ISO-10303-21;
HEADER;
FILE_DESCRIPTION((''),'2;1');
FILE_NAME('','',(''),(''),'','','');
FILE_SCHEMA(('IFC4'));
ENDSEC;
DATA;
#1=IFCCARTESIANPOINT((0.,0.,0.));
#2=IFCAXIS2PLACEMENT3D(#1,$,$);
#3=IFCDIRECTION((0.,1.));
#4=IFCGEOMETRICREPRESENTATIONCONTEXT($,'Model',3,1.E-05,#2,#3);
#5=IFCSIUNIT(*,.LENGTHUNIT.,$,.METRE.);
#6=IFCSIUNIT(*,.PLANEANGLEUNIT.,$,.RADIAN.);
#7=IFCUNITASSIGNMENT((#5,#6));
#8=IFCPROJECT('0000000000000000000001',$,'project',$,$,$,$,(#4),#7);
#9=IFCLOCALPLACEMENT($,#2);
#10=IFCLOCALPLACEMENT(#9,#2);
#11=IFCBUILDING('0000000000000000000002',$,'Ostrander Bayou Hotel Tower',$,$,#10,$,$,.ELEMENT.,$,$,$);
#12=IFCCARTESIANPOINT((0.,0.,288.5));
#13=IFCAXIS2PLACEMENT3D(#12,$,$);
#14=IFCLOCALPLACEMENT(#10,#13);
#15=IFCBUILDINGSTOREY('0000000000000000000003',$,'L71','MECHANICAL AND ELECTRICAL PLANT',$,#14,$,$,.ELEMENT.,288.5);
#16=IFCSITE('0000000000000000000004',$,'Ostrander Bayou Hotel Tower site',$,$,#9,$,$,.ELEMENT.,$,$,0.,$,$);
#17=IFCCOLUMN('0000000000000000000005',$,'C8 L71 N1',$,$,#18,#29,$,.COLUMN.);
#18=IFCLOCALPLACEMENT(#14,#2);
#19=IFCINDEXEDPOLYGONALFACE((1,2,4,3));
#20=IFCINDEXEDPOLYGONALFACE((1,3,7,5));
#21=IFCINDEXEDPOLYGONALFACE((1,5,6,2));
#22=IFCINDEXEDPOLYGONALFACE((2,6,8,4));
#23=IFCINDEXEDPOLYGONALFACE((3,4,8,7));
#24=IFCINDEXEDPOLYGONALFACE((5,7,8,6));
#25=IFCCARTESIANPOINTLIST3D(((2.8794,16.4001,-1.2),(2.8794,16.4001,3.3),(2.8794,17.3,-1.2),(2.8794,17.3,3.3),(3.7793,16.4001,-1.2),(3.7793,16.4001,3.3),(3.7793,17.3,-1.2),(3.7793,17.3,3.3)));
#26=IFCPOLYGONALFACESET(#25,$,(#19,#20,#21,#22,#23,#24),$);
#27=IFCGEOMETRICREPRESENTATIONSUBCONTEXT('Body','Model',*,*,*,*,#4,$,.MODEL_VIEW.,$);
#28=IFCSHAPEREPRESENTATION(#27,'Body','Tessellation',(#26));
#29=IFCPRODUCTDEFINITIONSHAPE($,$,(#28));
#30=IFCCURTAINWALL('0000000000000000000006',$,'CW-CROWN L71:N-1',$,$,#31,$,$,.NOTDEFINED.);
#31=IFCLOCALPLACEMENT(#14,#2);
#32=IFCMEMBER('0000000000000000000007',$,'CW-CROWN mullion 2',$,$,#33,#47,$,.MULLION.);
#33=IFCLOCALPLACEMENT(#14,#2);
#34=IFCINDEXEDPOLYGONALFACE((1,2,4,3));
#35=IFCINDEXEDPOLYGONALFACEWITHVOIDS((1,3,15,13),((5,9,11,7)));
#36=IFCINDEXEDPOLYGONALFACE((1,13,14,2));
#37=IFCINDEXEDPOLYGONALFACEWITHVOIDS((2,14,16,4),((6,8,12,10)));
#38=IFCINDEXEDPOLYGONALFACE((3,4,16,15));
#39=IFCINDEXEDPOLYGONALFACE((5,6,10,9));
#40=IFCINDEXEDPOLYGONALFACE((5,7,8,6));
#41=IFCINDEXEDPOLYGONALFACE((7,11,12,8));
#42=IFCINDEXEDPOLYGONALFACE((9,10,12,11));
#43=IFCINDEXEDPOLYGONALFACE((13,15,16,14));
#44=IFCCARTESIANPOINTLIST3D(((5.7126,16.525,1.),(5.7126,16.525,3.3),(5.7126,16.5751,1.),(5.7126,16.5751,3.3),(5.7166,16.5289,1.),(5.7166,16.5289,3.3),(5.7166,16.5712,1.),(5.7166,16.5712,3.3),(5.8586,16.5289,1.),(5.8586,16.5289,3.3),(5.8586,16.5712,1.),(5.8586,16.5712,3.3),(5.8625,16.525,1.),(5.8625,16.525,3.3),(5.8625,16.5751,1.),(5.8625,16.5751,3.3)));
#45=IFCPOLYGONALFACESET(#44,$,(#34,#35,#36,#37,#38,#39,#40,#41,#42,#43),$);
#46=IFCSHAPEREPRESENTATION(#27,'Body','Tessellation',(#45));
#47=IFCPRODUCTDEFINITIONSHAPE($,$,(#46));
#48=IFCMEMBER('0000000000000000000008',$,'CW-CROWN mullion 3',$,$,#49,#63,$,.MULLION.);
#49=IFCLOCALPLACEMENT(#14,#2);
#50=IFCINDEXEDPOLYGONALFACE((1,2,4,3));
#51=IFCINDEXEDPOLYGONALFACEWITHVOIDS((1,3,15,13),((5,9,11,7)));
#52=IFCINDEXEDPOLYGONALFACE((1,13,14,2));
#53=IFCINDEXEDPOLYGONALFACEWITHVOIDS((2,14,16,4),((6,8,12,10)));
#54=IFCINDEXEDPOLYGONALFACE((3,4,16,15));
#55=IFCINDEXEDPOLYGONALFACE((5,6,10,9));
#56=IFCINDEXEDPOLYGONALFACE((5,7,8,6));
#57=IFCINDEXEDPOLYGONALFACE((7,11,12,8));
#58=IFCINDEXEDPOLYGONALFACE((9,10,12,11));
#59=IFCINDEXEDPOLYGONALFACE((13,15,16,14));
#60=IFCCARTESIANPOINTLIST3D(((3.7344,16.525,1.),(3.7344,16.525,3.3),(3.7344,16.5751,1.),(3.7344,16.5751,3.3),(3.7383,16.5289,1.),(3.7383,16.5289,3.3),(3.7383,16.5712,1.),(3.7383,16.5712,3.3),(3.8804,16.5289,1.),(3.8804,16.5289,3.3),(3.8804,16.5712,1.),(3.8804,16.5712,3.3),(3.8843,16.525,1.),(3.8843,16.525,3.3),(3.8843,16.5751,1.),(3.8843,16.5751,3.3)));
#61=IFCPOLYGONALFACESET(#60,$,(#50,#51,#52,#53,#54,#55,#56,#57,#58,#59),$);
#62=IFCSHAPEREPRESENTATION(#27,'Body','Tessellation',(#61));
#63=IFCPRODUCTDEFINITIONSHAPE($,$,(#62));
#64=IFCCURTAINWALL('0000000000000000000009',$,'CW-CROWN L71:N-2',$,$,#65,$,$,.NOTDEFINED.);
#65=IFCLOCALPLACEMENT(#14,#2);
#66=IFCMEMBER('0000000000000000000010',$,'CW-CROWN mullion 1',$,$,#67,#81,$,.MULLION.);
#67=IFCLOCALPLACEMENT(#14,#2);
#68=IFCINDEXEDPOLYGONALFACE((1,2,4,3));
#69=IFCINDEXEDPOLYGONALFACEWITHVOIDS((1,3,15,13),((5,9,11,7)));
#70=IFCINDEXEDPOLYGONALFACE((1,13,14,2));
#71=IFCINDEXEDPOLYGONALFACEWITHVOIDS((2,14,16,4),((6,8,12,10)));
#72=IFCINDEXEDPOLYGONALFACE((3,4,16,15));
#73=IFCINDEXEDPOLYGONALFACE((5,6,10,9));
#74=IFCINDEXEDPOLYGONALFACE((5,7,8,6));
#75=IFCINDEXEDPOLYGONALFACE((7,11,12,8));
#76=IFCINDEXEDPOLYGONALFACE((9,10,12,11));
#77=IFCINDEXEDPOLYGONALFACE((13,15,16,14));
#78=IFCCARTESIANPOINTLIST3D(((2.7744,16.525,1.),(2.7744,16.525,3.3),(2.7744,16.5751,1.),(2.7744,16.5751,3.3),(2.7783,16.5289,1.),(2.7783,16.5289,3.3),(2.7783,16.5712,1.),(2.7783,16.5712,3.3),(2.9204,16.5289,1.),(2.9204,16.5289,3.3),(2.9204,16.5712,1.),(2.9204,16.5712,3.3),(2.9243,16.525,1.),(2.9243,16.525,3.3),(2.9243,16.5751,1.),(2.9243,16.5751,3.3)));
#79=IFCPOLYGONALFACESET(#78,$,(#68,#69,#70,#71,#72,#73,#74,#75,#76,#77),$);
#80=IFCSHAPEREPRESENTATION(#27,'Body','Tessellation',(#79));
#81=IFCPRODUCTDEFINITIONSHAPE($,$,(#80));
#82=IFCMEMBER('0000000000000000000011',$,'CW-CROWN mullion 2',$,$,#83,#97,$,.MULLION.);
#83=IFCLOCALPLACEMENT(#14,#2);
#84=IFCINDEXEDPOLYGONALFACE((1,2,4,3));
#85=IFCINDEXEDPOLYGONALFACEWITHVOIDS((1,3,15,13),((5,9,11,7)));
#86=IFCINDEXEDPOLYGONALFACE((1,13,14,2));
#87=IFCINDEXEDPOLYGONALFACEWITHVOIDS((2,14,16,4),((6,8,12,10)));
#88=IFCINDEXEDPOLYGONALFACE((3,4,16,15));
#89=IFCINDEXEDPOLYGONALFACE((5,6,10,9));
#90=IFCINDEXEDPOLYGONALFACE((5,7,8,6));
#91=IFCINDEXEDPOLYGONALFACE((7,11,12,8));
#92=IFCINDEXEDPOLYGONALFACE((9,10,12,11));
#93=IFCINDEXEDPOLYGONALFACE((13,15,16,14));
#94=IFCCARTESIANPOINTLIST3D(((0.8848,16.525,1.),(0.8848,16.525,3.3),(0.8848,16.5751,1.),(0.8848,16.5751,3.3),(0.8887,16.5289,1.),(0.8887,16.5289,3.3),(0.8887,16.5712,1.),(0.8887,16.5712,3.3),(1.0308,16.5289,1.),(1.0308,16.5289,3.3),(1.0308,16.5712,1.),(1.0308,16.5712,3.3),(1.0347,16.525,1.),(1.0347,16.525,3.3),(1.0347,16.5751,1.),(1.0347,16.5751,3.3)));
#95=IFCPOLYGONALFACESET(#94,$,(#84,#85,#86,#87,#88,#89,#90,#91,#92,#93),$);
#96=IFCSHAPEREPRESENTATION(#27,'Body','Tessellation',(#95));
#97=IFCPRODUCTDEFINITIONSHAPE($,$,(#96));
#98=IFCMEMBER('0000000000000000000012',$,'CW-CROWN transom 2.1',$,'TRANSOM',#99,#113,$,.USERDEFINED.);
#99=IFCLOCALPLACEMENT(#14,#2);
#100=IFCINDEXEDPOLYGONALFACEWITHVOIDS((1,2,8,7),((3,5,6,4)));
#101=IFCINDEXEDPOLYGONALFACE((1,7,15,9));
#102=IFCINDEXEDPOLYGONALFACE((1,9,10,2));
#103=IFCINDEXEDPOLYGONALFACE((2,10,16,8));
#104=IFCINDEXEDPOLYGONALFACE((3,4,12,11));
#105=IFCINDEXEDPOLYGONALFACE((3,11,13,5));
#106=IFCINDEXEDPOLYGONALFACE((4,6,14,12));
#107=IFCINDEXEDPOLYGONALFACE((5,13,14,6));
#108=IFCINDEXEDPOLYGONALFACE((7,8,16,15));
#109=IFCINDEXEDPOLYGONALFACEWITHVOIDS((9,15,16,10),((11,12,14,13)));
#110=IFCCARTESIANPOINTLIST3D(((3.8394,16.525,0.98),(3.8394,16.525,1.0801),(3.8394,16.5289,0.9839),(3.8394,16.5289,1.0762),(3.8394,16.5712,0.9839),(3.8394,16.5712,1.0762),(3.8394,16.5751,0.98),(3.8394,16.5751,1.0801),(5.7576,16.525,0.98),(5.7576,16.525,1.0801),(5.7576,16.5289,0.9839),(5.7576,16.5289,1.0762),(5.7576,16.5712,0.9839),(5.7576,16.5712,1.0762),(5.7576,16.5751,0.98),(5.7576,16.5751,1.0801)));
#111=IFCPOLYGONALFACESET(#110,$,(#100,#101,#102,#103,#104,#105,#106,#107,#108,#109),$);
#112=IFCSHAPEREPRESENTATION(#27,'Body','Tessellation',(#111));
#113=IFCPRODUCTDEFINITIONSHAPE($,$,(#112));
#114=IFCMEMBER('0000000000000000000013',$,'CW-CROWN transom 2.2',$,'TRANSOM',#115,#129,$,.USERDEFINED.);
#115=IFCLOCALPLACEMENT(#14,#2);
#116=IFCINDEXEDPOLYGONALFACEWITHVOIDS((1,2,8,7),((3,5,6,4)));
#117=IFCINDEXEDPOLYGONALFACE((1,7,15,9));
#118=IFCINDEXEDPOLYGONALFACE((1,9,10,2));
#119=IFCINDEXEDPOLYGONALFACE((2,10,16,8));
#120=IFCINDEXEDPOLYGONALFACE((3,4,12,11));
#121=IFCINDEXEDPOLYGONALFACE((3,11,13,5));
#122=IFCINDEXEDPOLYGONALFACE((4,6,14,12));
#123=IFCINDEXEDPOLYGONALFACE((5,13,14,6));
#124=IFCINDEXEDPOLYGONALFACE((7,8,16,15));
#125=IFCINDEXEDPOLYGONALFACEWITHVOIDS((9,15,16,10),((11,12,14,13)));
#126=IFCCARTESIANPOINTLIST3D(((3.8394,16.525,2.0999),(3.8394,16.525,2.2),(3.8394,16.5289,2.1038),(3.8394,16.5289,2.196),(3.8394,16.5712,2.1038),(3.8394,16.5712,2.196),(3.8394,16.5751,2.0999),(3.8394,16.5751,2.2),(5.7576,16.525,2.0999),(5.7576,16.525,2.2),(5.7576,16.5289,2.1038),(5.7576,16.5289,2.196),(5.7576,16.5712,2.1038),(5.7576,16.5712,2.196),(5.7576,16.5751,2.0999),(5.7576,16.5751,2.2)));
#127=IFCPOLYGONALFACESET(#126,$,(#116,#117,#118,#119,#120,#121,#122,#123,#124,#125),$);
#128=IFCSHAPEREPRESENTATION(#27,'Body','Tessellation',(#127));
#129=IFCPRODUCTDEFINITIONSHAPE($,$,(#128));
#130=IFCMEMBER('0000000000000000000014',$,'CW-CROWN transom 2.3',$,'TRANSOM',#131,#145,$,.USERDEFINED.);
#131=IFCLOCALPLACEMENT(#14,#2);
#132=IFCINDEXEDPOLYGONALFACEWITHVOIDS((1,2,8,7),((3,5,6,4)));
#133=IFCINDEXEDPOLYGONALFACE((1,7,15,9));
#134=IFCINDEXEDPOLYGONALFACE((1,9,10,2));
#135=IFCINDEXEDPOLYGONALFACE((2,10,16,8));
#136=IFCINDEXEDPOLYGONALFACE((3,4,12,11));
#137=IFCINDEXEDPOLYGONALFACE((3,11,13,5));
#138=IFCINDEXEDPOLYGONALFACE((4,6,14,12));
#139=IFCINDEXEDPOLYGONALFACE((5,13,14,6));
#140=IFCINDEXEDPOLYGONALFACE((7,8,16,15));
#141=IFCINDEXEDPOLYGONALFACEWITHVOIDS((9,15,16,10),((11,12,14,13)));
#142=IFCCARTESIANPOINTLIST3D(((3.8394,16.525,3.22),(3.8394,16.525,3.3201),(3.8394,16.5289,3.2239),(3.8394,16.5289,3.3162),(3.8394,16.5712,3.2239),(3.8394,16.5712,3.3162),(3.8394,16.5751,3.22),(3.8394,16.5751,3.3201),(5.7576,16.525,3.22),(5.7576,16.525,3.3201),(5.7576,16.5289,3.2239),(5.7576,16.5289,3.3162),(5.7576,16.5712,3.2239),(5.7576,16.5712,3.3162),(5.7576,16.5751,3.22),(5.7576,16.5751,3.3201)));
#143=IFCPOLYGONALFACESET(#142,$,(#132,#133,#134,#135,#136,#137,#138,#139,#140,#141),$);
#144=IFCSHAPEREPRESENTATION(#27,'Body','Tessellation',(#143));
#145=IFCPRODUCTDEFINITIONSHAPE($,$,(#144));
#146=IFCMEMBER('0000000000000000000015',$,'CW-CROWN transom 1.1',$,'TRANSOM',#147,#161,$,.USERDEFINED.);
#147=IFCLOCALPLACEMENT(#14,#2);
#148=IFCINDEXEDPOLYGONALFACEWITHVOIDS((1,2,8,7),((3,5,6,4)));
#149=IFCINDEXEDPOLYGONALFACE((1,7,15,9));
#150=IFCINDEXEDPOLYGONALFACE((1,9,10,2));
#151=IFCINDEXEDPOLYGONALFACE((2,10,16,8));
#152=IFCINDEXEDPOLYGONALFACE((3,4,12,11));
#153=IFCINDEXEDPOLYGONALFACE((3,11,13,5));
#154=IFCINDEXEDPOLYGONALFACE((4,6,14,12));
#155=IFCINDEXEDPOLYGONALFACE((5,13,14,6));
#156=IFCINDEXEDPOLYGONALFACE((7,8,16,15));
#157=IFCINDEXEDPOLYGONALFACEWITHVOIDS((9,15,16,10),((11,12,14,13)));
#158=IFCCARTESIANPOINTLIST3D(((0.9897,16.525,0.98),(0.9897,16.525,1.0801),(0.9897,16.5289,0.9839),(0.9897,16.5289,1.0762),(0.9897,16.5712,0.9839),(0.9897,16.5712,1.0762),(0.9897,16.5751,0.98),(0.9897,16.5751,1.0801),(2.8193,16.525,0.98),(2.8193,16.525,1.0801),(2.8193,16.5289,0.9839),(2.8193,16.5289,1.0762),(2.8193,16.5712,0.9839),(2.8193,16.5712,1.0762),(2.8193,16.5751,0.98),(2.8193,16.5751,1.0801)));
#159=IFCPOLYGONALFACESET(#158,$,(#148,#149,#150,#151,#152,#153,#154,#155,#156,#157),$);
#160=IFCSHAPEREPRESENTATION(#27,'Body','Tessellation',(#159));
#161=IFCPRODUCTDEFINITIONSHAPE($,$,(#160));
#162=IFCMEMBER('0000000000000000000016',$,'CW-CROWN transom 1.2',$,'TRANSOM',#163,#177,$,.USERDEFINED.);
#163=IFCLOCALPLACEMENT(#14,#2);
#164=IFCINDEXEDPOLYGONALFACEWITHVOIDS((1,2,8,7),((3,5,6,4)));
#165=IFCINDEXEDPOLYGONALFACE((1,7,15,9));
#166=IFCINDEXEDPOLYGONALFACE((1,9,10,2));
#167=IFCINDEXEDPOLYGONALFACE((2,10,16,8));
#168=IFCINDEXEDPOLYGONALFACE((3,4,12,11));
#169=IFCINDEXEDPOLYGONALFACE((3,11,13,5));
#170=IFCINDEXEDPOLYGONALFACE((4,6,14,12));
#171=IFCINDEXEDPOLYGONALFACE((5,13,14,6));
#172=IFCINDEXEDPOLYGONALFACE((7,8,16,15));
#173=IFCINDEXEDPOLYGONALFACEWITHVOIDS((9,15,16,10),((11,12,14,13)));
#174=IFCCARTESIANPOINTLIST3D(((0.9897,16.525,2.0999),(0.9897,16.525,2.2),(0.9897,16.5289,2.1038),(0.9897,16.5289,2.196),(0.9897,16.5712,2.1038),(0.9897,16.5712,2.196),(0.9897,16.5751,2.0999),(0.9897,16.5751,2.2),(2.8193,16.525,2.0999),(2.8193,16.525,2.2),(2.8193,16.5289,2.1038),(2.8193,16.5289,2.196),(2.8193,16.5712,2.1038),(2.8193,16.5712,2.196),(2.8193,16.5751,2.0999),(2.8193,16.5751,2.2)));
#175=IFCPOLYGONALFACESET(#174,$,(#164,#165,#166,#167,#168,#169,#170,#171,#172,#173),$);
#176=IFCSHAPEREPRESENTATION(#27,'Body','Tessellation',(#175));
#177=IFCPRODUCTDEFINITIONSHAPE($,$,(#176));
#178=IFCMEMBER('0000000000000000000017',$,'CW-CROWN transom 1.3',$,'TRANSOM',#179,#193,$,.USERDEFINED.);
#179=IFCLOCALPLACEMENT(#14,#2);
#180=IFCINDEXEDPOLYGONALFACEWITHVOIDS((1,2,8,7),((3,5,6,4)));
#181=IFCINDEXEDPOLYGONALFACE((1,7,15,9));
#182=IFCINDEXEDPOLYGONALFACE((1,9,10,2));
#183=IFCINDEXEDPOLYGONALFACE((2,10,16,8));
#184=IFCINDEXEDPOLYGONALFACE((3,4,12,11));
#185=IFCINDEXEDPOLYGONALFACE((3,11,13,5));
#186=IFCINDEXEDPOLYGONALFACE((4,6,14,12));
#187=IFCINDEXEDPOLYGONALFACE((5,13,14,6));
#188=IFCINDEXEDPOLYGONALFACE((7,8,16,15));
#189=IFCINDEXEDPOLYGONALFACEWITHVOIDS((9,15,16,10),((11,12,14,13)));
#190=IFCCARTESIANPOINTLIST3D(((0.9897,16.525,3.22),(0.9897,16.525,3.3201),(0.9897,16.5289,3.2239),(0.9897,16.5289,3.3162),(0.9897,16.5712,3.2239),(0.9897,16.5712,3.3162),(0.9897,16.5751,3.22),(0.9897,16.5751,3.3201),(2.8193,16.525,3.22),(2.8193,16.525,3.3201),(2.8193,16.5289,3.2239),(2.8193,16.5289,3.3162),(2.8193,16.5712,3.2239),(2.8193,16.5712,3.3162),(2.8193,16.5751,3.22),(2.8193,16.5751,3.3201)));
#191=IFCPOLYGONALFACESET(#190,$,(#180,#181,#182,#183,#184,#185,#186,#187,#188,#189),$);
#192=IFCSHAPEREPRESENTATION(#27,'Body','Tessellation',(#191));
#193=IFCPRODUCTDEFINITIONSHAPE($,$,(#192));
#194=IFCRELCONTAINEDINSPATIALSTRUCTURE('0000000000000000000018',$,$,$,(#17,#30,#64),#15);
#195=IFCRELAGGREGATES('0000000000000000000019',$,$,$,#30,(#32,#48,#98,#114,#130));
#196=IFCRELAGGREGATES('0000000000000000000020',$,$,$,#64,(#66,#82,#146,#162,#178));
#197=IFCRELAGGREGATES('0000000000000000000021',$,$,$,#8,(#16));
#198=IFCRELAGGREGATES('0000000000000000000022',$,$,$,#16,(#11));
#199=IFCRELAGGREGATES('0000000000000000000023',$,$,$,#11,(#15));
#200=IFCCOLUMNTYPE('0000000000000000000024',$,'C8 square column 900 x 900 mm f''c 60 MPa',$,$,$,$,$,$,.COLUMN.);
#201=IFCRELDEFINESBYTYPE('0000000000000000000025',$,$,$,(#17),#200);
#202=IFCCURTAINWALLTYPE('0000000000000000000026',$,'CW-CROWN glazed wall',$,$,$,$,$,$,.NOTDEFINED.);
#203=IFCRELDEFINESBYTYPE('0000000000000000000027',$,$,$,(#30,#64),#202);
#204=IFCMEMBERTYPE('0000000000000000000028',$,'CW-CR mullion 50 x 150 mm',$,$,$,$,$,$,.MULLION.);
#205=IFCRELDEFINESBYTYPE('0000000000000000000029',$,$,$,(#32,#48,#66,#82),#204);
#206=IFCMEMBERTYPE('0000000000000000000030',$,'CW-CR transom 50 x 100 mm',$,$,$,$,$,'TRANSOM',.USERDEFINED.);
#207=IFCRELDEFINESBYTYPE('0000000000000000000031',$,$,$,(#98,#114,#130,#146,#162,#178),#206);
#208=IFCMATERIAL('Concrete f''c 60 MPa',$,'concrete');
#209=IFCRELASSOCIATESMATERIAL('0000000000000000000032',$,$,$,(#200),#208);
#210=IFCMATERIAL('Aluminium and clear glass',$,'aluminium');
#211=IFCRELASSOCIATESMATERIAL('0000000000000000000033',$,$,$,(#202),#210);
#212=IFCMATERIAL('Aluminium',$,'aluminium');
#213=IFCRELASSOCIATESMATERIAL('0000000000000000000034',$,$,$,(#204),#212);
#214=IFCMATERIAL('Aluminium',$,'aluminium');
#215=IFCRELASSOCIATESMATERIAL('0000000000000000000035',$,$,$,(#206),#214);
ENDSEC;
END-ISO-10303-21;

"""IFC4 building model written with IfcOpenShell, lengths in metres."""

from ifc_helpers import new_model, si_unit, direction, frame, origin, origin_2d, place, context, subcontext, project, spatial, rectangle, hollow_rectangle, extrude, material, material_profile, profile_set, type_object, element, aggregate, save


model = new_model("IFC4")

# Units and contexts
model_context = context("Model", 3, precision=1e-05, world=origin(), true_north=direction((0.0, 1.0)))
body_context = subcontext(model_context, "Body", "Model", "MODEL_VIEW")
ifc_project = project(units=[si_unit("LENGTHUNIT", "METRE"), si_unit("PLANEANGLEUNIT", "RADIAN")], contexts=[model_context])

# Site, building, storey
site_placement = place(None, origin())
site = spatial("IfcSite", under=ifc_project, at=site_placement, Name="Ostrander Bayou Hotel Tower site", CompositionType="ELEMENT", RefElevation=0.0)
building_placement = place(site_placement, origin())
building = spatial("IfcBuilding", under=site, at=building_placement, Name="Ostrander Bayou Hotel Tower", CompositionType="ELEMENT")
storey_placement = place(building_placement, frame((0.0, 0.0, 288.5)))
storey = spatial("IfcBuildingStorey", under=building, at=storey_placement, Name="L71", Description="MECHANICAL AND ELECTRICAL PLANT", CompositionType="ELEMENT", Elevation=288.5)

# Column
ifc_material_1 = material(Name="Concrete f'c 60 MPa", Category="concrete")
ifc_material_profile_1 = material_profile(ifc_material_1, rectangle(XDim=0.8999, YDim=0.8999, at=origin_2d()))
ifc_profile_set_1 = profile_set([ifc_material_profile_1], Name="Concrete f'c 60 MPa")
column_type = type_object("IfcColumnType", Name="C8 square column 900 x 900 mm f'c 60 MPa", PredefinedType="COLUMN", material=ifc_profile_set_1)
column_placement = place(storey_placement, frame((3.3293, 16.8501, -1.2), z_axis=(0.0, 0.0, 1.0), x_axis=(1.0, 0.0, 0.0)))
element("IfcColumn", 1, at=column_placement, inside=storey, type_object=column_type, Name="C8 L71 N1", PredefinedType="COLUMN", context=body_context, shape_type="SweptSolid", body=[
    extrude(rectangle(XDim=0.8999, YDim=0.8999, at=origin_2d()), origin(), (0.0, 0.0, 1.0), 4.5),
])

# Curtain walls, members
ifc_material_2 = material(Name="Aluminium and clear glass", Category="aluminium")
curtain_wall_type = type_object("IfcCurtainWallType", Name="CW-CROWN glazed wall", PredefinedType="NOTDEFINED", material=ifc_material_2)
curtain_wall_1_placement = place(storey_placement, origin())
curtain_wall_1 = element("IfcCurtainWall", 2, at=curtain_wall_1_placement, inside=storey, type_object=curtain_wall_type, Name="CW-CROWN L71:N-1", PredefinedType="NOTDEFINED")
ifc_material_3 = material(Name="Aluminium", Category="aluminium")
ifc_material_profile_2 = material_profile(ifc_material_3, hollow_rectangle(XDim=0.05, YDim=0.1499, WallThickness=0.0039, at=origin_2d()))
ifc_profile_set_2 = profile_set([ifc_material_profile_2], Name="Aluminium")
member_type_1 = type_object("IfcMemberType", Name="CW-CR mullion 50 x 150 mm", PredefinedType="MULLION", material=ifc_profile_set_2)
member_1_placement = place(storey_placement, frame((5.7876, 16.55, 1.0), z_axis=(0.0, 0.0, 1.0), x_axis=(0.0, -1.0, 0.0)))
member_1 = element("IfcMember", 3, at=member_1_placement, type_object=member_type_1, Name="CW-CROWN mullion 2", PredefinedType="MULLION", context=body_context, shape_type="SweptSolid", body=[
    extrude(hollow_rectangle(XDim=0.05, YDim=0.1499, WallThickness=0.0039, at=origin_2d()), origin(), (0.0, 0.0, 1.0), 2.3),
])
member_2_placement = place(storey_placement, frame((3.8093, 16.55, 1.0), z_axis=(0.0, 0.0, 1.0), x_axis=(0.0, -1.0, 0.0)))
member_2 = element("IfcMember", 4, at=member_2_placement, type_object=member_type_1, Name="CW-CROWN mullion 3", PredefinedType="MULLION", context=body_context, shape_type="SweptSolid", body=[
    extrude(hollow_rectangle(XDim=0.05, YDim=0.1499, WallThickness=0.0039, at=origin_2d()), origin(), (0.0, 0.0, 1.0), 2.3),
])
curtain_wall_2_placement = place(storey_placement, origin())
curtain_wall_2 = element("IfcCurtainWall", 5, at=curtain_wall_2_placement, inside=storey, type_object=curtain_wall_type, Name="CW-CROWN L71:N-2", PredefinedType="NOTDEFINED")
member_3_placement = place(storey_placement, frame((2.8494, 16.55, 1.0), z_axis=(0.0, 0.0, 1.0), x_axis=(0.0, -1.0, 0.0)))
member_3 = element("IfcMember", 6, at=member_3_placement, type_object=member_type_1, Name="CW-CROWN mullion 1", PredefinedType="MULLION", context=body_context, shape_type="SweptSolid", body=[
    extrude(hollow_rectangle(XDim=0.05, YDim=0.1499, WallThickness=0.0039, at=origin_2d()), origin(), (0.0, 0.0, 1.0), 2.3),
])
member_4_placement = place(storey_placement, frame((0.9597, 16.55, 1.0), z_axis=(0.0, 0.0, 1.0), x_axis=(0.0, -1.0, 0.0)))
member_4 = element("IfcMember", 7, at=member_4_placement, type_object=member_type_1, Name="CW-CROWN mullion 2", PredefinedType="MULLION", context=body_context, shape_type="SweptSolid", body=[
    extrude(hollow_rectangle(XDim=0.05, YDim=0.1499, WallThickness=0.0039, at=origin_2d()), origin(), (0.0, 0.0, 1.0), 2.3),
])

# Members
ifc_material_4 = material(Name="Aluminium", Category="aluminium")
ifc_material_profile_3 = material_profile(ifc_material_4, hollow_rectangle(XDim=0.05, YDim=0.1001, WallThickness=0.0039, at=origin_2d()))
ifc_profile_set_3 = profile_set([ifc_material_profile_3], Name="Aluminium")
member_type_2 = type_object("IfcMemberType", Name="CW-CR transom 50 x 100 mm", ElementType="TRANSOM", PredefinedType="USERDEFINED", material=ifc_profile_set_3)
member_5_placement = place(storey_placement, frame((5.7576, 16.55, 1.03), z_axis=(-1.0, 0.0, 0.0), x_axis=(0.0, -1.0, 0.0)))
member_5 = element("IfcMember", 8, at=member_5_placement, type_object=member_type_2, Name="CW-CROWN transom 2.1", ObjectType="TRANSOM", PredefinedType="USERDEFINED", context=body_context, shape_type="SweptSolid", body=[
    extrude(hollow_rectangle(XDim=0.05, YDim=0.1001, WallThickness=0.0039, at=origin_2d()), origin(), (0.0, 0.0, 1.0), 1.9182),
])
member_6_placement = place(storey_placement, frame((5.7576, 16.55, 2.1499), z_axis=(-1.0, 0.0, 0.0), x_axis=(0.0, -1.0, 0.0)))
member_6 = element("IfcMember", 9, at=member_6_placement, type_object=member_type_2, Name="CW-CROWN transom 2.2", ObjectType="TRANSOM", PredefinedType="USERDEFINED", context=body_context, shape_type="SweptSolid", body=[
    extrude(hollow_rectangle(XDim=0.05, YDim=0.1001, WallThickness=0.0039, at=origin_2d()), origin(), (0.0, 0.0, 1.0), 1.9182),
])
member_7_placement = place(storey_placement, frame((5.7576, 16.55, 3.27), z_axis=(-1.0, 0.0, 0.0), x_axis=(0.0, -1.0, 0.0)))
member_7 = element("IfcMember", 10, at=member_7_placement, type_object=member_type_2, Name="CW-CROWN transom 2.3", ObjectType="TRANSOM", PredefinedType="USERDEFINED", context=body_context, shape_type="SweptSolid", body=[
    extrude(hollow_rectangle(XDim=0.05, YDim=0.1001, WallThickness=0.0039, at=origin_2d()), origin(), (0.0, 0.0, 1.0), 1.9182),
])
member_8_placement = place(storey_placement, frame((2.8193, 16.55, 1.03), z_axis=(-1.0, 0.0, 0.0), x_axis=(0.0, -1.0, 0.0)))
member_8 = element("IfcMember", 11, at=member_8_placement, type_object=member_type_2, Name="CW-CROWN transom 1.1", ObjectType="TRANSOM", PredefinedType="USERDEFINED", context=body_context, shape_type="SweptSolid", body=[
    extrude(hollow_rectangle(XDim=0.05, YDim=0.1001, WallThickness=0.0039, at=origin_2d()), origin(), (0.0, 0.0, 1.0), 1.8296),
])
member_9_placement = place(storey_placement, frame((2.8193, 16.55, 2.1499), z_axis=(-1.0, 0.0, 0.0), x_axis=(0.0, -1.0, 0.0)))
member_9 = element("IfcMember", 12, at=member_9_placement, type_object=member_type_2, Name="CW-CROWN transom 1.2", ObjectType="TRANSOM", PredefinedType="USERDEFINED", context=body_context, shape_type="SweptSolid", body=[
    extrude(hollow_rectangle(XDim=0.05, YDim=0.1001, WallThickness=0.0039, at=origin_2d()), origin(), (0.0, 0.0, 1.0), 1.8296),
])
member_10_placement = place(storey_placement, frame((2.8193, 16.55, 3.27), z_axis=(-1.0, 0.0, 0.0), x_axis=(0.0, -1.0, 0.0)))
member_10 = element("IfcMember", 13, at=member_10_placement, type_object=member_type_2, Name="CW-CROWN transom 1.3", ObjectType="TRANSOM", PredefinedType="USERDEFINED", context=body_context, shape_type="SweptSolid", body=[
    extrude(hollow_rectangle(XDim=0.05, YDim=0.1001, WallThickness=0.0039, at=origin_2d()), origin(), (0.0, 0.0, 1.0), 1.8296),
])

aggregate(curtain_wall_1, [member_1, member_2, member_5, member_6, member_7])
aggregate(curtain_wall_2, [member_3, member_4, member_8, member_9, member_10])

save(model, "model.ifc")
